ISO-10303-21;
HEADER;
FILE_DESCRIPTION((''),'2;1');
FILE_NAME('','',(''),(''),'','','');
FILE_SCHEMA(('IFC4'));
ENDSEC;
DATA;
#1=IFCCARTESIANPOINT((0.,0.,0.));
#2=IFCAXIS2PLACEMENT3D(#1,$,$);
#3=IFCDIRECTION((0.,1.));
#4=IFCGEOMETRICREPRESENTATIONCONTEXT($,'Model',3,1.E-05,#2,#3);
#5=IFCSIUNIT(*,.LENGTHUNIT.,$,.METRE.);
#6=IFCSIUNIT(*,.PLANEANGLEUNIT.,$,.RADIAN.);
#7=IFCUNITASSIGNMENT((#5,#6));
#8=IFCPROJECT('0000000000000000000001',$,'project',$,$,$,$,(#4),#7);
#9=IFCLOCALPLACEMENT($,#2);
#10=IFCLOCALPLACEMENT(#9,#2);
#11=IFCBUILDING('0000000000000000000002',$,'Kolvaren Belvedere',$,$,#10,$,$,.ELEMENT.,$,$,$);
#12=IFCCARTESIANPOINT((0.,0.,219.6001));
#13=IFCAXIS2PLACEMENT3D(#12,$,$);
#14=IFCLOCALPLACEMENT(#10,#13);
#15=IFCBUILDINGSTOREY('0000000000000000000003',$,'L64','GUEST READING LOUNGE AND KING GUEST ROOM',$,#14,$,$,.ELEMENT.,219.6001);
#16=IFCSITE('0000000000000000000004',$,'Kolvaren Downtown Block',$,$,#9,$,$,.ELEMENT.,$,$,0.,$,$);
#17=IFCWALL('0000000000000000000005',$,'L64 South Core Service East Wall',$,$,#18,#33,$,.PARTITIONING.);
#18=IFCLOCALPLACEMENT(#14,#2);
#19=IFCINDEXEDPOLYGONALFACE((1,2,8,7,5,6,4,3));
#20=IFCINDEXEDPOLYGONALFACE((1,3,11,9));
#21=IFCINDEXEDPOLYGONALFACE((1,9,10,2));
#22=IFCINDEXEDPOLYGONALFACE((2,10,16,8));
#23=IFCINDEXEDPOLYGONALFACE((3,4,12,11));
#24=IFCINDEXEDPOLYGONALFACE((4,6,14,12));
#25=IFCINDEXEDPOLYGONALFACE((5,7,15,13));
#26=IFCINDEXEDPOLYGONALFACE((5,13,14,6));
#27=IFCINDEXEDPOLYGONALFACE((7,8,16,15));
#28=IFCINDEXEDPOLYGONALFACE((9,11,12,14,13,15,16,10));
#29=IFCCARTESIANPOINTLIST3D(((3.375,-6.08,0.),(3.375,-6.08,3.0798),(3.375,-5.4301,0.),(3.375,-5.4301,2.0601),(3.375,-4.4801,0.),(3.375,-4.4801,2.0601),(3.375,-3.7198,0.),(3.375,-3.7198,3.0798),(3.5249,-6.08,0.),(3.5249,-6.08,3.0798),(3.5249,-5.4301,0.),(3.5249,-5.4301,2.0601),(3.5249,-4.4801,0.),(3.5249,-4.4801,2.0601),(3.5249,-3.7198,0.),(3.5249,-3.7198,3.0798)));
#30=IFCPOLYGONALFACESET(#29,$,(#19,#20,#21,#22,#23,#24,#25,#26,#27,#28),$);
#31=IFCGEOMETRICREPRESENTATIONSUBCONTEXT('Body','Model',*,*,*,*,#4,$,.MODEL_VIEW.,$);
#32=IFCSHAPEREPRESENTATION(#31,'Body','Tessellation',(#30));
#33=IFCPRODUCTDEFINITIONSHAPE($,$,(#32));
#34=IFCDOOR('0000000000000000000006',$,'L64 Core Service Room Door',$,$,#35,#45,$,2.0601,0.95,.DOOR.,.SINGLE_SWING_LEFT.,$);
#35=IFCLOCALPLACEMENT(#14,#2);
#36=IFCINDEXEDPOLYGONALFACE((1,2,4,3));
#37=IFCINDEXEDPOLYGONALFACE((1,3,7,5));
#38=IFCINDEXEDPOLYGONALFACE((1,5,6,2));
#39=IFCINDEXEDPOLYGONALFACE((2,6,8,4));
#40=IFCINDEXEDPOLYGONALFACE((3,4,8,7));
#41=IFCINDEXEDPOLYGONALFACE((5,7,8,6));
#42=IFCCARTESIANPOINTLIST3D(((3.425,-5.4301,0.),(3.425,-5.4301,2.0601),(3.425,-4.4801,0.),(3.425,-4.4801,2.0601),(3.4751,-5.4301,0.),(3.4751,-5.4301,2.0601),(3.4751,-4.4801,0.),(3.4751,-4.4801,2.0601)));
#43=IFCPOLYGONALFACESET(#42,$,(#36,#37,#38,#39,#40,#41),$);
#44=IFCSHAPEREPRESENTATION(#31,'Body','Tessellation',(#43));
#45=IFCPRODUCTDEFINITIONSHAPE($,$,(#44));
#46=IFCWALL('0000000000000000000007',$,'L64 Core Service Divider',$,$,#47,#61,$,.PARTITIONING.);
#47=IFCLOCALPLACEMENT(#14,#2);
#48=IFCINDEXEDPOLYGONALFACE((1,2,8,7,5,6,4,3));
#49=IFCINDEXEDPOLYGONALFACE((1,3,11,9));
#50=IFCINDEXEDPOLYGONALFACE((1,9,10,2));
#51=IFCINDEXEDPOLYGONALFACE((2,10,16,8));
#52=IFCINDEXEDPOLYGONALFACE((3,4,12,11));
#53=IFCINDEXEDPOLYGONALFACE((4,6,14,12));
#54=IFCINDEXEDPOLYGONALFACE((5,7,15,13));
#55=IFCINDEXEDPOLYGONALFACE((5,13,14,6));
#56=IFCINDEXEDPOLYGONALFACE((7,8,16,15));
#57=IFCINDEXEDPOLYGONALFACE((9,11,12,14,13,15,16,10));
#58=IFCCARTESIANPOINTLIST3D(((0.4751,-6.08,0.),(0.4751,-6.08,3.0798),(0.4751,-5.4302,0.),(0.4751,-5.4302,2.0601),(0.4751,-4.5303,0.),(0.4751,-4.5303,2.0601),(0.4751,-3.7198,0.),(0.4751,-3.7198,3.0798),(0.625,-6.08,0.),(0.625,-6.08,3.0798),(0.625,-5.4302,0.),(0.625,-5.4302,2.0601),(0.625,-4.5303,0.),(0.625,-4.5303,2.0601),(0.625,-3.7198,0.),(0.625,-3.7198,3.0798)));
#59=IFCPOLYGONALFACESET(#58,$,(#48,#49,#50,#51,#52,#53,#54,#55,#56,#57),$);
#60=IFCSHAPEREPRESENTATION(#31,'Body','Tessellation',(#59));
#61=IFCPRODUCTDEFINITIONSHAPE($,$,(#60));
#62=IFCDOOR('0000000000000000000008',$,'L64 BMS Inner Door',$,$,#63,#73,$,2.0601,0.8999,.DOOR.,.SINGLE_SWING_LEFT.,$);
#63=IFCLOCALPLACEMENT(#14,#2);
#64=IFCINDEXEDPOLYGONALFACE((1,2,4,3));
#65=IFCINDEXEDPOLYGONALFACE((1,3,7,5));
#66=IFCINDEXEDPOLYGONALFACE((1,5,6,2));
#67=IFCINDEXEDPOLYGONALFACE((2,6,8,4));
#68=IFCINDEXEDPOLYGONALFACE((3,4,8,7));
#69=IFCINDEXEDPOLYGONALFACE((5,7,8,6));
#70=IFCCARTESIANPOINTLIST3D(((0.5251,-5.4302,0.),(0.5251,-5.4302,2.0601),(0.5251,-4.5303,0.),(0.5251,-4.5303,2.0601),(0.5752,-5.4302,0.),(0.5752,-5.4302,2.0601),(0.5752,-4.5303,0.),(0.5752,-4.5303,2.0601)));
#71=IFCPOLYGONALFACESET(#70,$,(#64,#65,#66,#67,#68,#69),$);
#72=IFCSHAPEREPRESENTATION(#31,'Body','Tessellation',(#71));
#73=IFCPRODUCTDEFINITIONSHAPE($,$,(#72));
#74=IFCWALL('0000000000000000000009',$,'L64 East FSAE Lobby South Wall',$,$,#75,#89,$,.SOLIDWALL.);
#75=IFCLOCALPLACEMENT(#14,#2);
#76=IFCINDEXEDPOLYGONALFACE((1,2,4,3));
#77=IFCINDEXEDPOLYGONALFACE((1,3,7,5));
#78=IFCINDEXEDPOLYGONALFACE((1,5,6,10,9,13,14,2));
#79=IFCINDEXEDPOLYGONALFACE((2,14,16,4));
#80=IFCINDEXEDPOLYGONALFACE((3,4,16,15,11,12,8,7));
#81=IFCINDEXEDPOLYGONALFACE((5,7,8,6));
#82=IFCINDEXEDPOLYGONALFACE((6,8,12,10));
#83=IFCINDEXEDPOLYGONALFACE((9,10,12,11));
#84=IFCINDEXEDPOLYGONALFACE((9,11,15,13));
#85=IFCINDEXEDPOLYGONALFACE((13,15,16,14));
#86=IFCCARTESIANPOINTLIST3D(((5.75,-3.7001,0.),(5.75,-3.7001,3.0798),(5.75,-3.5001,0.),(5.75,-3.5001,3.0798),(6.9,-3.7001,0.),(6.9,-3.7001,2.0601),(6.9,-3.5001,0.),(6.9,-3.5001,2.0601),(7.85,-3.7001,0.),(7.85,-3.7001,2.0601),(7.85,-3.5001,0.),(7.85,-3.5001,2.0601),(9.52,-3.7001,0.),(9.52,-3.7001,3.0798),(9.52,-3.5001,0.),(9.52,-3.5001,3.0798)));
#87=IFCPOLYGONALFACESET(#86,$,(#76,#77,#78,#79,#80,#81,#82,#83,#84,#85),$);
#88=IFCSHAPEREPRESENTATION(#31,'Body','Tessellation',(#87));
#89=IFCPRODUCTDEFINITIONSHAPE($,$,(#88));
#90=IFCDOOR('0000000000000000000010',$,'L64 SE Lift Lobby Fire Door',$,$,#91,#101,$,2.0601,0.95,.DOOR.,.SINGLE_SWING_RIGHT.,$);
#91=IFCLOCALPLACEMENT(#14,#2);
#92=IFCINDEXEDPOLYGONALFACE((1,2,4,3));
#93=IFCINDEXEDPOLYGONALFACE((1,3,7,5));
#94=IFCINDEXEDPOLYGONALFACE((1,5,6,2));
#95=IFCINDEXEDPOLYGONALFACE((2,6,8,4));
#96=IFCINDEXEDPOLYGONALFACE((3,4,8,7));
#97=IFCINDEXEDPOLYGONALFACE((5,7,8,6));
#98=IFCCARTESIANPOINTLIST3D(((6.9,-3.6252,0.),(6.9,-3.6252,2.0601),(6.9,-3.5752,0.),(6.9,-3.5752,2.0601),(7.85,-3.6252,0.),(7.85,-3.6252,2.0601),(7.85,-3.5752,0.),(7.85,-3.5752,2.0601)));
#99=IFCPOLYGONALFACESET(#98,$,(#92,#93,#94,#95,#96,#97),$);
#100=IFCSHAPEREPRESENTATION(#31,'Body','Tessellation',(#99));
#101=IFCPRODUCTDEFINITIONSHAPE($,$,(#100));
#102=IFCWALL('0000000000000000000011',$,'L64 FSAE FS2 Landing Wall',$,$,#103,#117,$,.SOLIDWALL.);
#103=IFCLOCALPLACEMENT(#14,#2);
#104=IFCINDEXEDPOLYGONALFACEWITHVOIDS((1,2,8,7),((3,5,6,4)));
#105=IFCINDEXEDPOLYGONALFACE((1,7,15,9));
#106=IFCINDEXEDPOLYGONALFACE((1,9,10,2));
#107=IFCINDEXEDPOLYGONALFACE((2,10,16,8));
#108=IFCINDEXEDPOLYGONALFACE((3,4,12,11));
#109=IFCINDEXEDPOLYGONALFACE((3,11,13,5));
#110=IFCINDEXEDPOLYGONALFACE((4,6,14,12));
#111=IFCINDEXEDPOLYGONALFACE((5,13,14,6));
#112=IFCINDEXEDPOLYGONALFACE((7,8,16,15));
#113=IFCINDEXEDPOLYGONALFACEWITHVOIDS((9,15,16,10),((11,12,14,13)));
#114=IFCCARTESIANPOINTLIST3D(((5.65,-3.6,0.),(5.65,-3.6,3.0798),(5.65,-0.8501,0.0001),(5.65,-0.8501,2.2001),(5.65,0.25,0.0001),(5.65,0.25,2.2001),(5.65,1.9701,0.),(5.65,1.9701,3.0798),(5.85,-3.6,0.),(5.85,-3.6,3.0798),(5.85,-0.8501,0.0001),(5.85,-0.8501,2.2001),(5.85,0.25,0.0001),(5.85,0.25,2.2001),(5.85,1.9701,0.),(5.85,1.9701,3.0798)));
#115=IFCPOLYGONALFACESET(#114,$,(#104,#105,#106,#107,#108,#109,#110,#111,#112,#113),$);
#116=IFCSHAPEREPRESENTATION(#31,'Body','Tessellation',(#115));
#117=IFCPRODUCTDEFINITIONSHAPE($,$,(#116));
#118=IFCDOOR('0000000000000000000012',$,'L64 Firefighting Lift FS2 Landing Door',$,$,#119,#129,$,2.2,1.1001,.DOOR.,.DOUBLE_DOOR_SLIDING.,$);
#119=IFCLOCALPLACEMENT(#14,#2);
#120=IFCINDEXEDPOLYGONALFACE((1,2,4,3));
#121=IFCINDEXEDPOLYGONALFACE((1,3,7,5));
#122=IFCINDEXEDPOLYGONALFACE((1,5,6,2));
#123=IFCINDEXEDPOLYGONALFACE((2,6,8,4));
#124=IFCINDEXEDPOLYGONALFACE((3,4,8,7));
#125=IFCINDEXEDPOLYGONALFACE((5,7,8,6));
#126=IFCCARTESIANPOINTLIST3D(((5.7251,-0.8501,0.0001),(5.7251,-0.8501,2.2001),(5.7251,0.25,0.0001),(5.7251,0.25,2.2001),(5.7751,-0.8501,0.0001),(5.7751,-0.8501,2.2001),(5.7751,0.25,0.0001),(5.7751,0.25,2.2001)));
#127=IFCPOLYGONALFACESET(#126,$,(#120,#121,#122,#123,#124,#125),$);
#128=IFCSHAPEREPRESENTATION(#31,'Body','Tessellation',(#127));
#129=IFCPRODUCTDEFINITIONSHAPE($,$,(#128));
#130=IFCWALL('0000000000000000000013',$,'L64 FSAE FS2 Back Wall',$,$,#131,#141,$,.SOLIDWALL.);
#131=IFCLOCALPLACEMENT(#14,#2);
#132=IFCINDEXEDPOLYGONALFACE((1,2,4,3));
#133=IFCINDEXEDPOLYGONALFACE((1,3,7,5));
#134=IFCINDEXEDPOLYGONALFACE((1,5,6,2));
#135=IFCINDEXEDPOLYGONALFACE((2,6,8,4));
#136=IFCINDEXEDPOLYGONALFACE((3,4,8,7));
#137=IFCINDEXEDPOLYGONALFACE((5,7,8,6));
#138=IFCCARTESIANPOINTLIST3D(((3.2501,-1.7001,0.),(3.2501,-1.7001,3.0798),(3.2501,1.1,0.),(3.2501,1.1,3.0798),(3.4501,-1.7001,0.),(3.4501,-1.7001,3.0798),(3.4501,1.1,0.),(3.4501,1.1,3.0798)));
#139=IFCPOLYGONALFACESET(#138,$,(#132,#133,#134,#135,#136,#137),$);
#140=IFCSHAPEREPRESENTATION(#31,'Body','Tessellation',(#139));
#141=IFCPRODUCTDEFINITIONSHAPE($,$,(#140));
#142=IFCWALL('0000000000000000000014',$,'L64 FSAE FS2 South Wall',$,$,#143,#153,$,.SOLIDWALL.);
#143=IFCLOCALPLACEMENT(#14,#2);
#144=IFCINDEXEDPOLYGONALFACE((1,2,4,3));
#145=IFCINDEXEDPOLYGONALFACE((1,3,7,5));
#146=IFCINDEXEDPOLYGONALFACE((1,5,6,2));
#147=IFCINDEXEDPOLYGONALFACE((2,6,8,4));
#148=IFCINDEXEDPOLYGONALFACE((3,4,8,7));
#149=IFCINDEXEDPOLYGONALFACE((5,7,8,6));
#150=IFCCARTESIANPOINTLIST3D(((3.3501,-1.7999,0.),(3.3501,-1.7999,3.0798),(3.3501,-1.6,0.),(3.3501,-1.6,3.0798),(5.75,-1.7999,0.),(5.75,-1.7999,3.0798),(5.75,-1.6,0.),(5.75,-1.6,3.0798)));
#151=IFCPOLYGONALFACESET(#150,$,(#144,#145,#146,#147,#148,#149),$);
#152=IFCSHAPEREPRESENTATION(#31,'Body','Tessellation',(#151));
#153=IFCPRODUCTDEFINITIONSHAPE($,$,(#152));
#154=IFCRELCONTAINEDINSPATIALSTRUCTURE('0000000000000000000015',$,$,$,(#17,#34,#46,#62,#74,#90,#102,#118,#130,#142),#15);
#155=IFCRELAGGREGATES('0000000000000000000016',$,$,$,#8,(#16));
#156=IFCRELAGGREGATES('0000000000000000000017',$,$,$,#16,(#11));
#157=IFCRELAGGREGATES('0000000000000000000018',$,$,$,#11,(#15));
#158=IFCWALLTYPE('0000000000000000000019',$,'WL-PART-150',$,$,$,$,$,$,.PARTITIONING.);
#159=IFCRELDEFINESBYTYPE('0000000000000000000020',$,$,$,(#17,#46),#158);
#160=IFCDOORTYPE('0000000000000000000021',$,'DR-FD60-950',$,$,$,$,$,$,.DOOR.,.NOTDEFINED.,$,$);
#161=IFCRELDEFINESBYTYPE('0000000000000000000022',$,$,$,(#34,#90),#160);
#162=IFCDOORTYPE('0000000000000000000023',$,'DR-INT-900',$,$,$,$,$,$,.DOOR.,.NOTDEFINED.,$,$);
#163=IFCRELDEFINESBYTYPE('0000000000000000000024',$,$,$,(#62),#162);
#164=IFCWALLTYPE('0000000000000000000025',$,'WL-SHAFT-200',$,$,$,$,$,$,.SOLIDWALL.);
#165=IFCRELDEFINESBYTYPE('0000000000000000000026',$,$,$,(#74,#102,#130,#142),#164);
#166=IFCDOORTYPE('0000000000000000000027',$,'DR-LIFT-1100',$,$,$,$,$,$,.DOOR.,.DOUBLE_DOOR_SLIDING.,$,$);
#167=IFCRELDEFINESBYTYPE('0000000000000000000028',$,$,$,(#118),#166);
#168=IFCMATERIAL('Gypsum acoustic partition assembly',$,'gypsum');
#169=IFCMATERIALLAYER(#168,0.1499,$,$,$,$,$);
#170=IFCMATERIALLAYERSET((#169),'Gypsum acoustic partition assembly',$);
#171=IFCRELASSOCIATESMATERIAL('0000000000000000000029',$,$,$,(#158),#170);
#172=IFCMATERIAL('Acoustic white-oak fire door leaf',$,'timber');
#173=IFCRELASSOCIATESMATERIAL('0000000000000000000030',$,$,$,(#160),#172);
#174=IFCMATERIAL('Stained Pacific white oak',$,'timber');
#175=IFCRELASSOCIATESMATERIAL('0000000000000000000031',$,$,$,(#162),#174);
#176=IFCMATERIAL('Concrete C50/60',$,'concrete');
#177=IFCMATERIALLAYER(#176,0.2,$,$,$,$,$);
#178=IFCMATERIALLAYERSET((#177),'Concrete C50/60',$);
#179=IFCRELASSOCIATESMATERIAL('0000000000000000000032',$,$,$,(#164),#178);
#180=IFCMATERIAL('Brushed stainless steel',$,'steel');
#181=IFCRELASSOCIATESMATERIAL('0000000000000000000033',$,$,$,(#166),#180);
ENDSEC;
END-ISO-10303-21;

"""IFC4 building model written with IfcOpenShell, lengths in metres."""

from ifc_helpers import new_model, si_unit, direction, frame, frame_2d, origin, place, context, subcontext, project, spatial, rectangle, extrude, material, layer, layer_set, type_object, element, fill, save


model = new_model("IFC4")

# Units and contexts
model_context = context("Model", 3, precision=1e-05, world=origin(), true_north=direction((0.0, 1.0)))
body_context = subcontext(model_context, "Body", "Model", "MODEL_VIEW")
ifc_project = project(units=[si_unit("LENGTHUNIT", "METRE"), si_unit("PLANEANGLEUNIT", "RADIAN")], contexts=[model_context])

# Site, building, storey
site_placement = place(None, origin())
site = spatial("IfcSite", under=ifc_project, at=site_placement, Name="Kolvaren Downtown Block", CompositionType="ELEMENT", RefElevation=0.0)
building_placement = place(site_placement, origin())
building = spatial("IfcBuilding", under=site, at=building_placement, Name="Kolvaren Belvedere", CompositionType="ELEMENT")
storey_placement = place(building_placement, frame((0.0, 0.0, 219.6001)))
storey = spatial("IfcBuildingStorey", under=building, at=storey_placement, Name="L64", Description="GUEST READING LOUNGE AND KING GUEST ROOM", CompositionType="ELEMENT", Elevation=219.6001)

# Walls, openings, doors
ifc_material_1 = material(Name="Gypsum acoustic partition assembly", Category="gypsum")
ifc_layer_1 = layer(ifc_material_1, 0.1499)
ifc_layer_set_1 = layer_set([ifc_layer_1], Name="Gypsum acoustic partition assembly")
wall_type_1 = type_object("IfcWallType", Name="WL-PART-150", PredefinedType="PARTITIONING", material=ifc_layer_set_1)
wall_1_placement = place(storey_placement, frame((3.45, -6.0801, 0.0), z_axis=(0.0, 0.0, 1.0), x_axis=(0.0, 1.0, 0.0)))
wall_1 = element("IfcWall", 1, at=wall_1_placement, inside=storey, type_object=wall_type_1, Name="L64 South Core Service East Wall", PredefinedType="PARTITIONING", context=body_context, shape_type="SweptSolid", body=[
    extrude(rectangle(XDim=2.3601, YDim=0.1499, at=frame_2d((1.1802, 0.0))), origin(), (0.0, 0.0, 1.0), 3.0798),
])
opening_1_placement = place(wall_1_placement, frame((0.6499, 0.0, 0.0)))
opening_1 = element("IfcOpeningElement", 2, at=opening_1_placement, cuts=wall_1, PredefinedType="OPENING", context=body_context, shape_type="SweptSolid", body=[
    extrude(rectangle(XDim=0.95, YDim=2.0601, at=frame_2d((0.4751, 1.03))), frame((0.0, 0.085, 0.0), z_axis=(0.0, -1.0, 0.0), x_axis=(1.0, 0.0, 0.0)), (0.0, 0.0, 1.0), 0.1699),
])
ifc_material_2 = material(Name="Acoustic white-oak fire door leaf", Category="timber")
door_type_1 = type_object("IfcDoorType", Name="DR-FD60-950", OperationType="NOTDEFINED", PredefinedType="DOOR", material=ifc_material_2)
door_1_placement = place(opening_1_placement, origin())
door_1 = element("IfcDoor", 3, at=door_1_placement, inside=storey, type_object=door_type_1, Name="L64 Core Service Room Door", OperationType="SINGLE_SWING_LEFT", OverallHeight=2.0601, OverallWidth=0.95, PredefinedType="DOOR", context=body_context, shape_type="SweptSolid", body=[
    extrude(rectangle(XDim=0.95, YDim=2.0601, at=frame_2d((0.4751, 1.03))), frame((0.0, 0.0249, 0.0), z_axis=(0.0, -1.0, 0.0), x_axis=(1.0, 0.0, 0.0)), (0.0, 0.0, 1.0), 0.05),
])
fill(opening_1, door_1)
wall_2_placement = place(storey_placement, frame((0.55, -6.0801, 0.0), z_axis=(0.0, 0.0, 1.0), x_axis=(0.0, 1.0, 0.0)))
wall_2 = element("IfcWall", 4, at=wall_2_placement, inside=storey, type_object=wall_type_1, Name="L64 Core Service Divider", PredefinedType="PARTITIONING", context=body_context, shape_type="SweptSolid", body=[
    extrude(rectangle(XDim=2.3601, YDim=0.1499, at=frame_2d((1.1802, 0.0))), origin(), (0.0, 0.0, 1.0), 3.0798),
])
opening_2_placement = place(wall_2_placement, frame((0.6499, 0.0, 0.0)))
opening_2 = element("IfcOpeningElement", 5, at=opening_2_placement, cuts=wall_2, PredefinedType="OPENING", context=body_context, shape_type="SweptSolid", body=[
    extrude(rectangle(XDim=0.8999, YDim=2.0601, at=frame_2d((0.45, 1.03))), frame((0.0, 0.085, 0.0), z_axis=(0.0, -1.0, 0.0), x_axis=(1.0, 0.0, 0.0)), (0.0, 0.0, 1.0), 0.1699),
])
ifc_material_3 = material(Name="Stained Pacific white oak", Category="timber")
door_type_2 = type_object("IfcDoorType", Name="DR-INT-900", OperationType="NOTDEFINED", PredefinedType="DOOR", material=ifc_material_3)
door_2_placement = place(opening_2_placement, origin())
door_2 = element("IfcDoor", 6, at=door_2_placement, inside=storey, type_object=door_type_2, Name="L64 BMS Inner Door", OperationType="SINGLE_SWING_LEFT", OverallHeight=2.0601, OverallWidth=0.8999, PredefinedType="DOOR", context=body_context, shape_type="SweptSolid", body=[
    extrude(rectangle(XDim=0.8999, YDim=2.0601, at=frame_2d((0.45, 1.03))), frame((0.0, 0.0249, 0.0), z_axis=(0.0, -1.0, 0.0), x_axis=(1.0, 0.0, 0.0)), (0.0, 0.0, 1.0), 0.05),
])
fill(opening_2, door_2)
ifc_material_4 = material(Name="Concrete C50/60", Category="concrete")
ifc_layer_2 = layer(ifc_material_4, 0.2)
ifc_layer_set_2 = layer_set([ifc_layer_2], Name="Concrete C50/60")
wall_type_2 = type_object("IfcWallType", Name="WL-SHAFT-200", PredefinedType="SOLIDWALL", material=ifc_layer_set_2)
wall_3_placement = place(storey_placement, frame((5.75, -3.6001, 0.0), z_axis=(0.0, 0.0, 1.0), x_axis=(1.0, 0.0, 0.0)))
wall_3 = element("IfcWall", 7, at=wall_3_placement, inside=storey, type_object=wall_type_2, Name="L64 East FSAE Lobby South Wall", PredefinedType="SOLIDWALL", context=body_context, shape_type="SweptSolid", body=[
    extrude(rectangle(XDim=3.77, YDim=0.2, at=frame_2d((1.885, 0.0))), origin(), (0.0, 0.0, 1.0), 3.0798),
])
opening_3_placement = place(wall_3_placement, frame((1.1499, 0.0, 0.0)))
opening_3 = element("IfcOpeningElement", 8, at=opening_3_placement, cuts=wall_3, PredefinedType="OPENING", context=body_context, shape_type="SweptSolid", body=[
    extrude(rectangle(XDim=0.95, YDim=2.0601, at=frame_2d((0.4751, 1.03))), frame((0.0, 0.1099, 0.0), z_axis=(0.0, -1.0, 0.0), x_axis=(1.0, 0.0, 0.0)), (0.0, 0.0, 1.0), 0.22),
])
door_3_placement = place(opening_3_placement, origin())
door_3 = element("IfcDoor", 9, at=door_3_placement, inside=storey, type_object=door_type_1, Name="L64 SE Lift Lobby Fire Door", OperationType="SINGLE_SWING_RIGHT", OverallHeight=2.0601, OverallWidth=0.95, PredefinedType="DOOR", context=body_context, shape_type="SweptSolid", body=[
    extrude(rectangle(XDim=0.95, YDim=2.0601, at=frame_2d((0.4751, 1.03))), frame((0.0, 0.0249, 0.0), z_axis=(0.0, -1.0, 0.0), x_axis=(1.0, 0.0, 0.0)), (0.0, 0.0, 1.0), 0.05),
])
fill(opening_3, door_3)
wall_4_placement = place(storey_placement, frame((5.75, -3.6001, 0.0), z_axis=(0.0, 0.0, 1.0), x_axis=(0.0, 1.0, 0.0)))
wall_4 = element("IfcWall", 10, at=wall_4_placement, inside=storey, type_object=wall_type_2, Name="L64 FSAE FS2 Landing Wall", PredefinedType="SOLIDWALL", context=body_context, shape_type="SweptSolid", body=[
    extrude(rectangle(XDim=5.5701, YDim=0.2, at=frame_2d((2.7852, 0.0))), origin(), (0.0, 0.0, 1.0), 3.0798),
])
opening_4_placement = place(wall_4_placement, frame((2.75, 0.0, 0.0)))
opening_4 = element("IfcOpeningElement", 11, at=opening_4_placement, cuts=wall_4, PredefinedType="OPENING", context=body_context, shape_type="SweptSolid", body=[
    extrude(rectangle(XDim=1.1001, YDim=2.2, at=frame_2d((0.55, 1.1001))), frame((0.0, 0.1099, 0.0), z_axis=(0.0, -1.0, 0.0), x_axis=(1.0, 0.0, 0.0)), (0.0, 0.0, 1.0), 0.22),
])
ifc_material_5 = material(Name="Brushed stainless steel", Category="steel")
door_type_3 = type_object("IfcDoorType", Name="DR-LIFT-1100", OperationType="DOUBLE_DOOR_SLIDING", PredefinedType="DOOR", material=ifc_material_5)
door_4_placement = place(opening_4_placement, origin())
door_4 = element("IfcDoor", 12, at=door_4_placement, inside=storey, type_object=door_type_3, Name="L64 Firefighting Lift FS2 Landing Door", OperationType="DOUBLE_DOOR_SLIDING", OverallHeight=2.2, OverallWidth=1.1001, PredefinedType="DOOR", context=body_context, shape_type="SweptSolid", body=[
    extrude(rectangle(XDim=1.1001, YDim=2.2, at=frame_2d((0.55, 1.1001))), frame((0.0, 0.0249, 0.0), z_axis=(0.0, -1.0, 0.0), x_axis=(1.0, 0.0, 0.0)), (0.0, 0.0, 1.0), 0.05),
])
fill(opening_4, door_4)

# Walls
wall_5_placement = place(storey_placement, frame((3.3501, -1.7, 0.0), z_axis=(0.0, 0.0, 1.0), x_axis=(0.0, 1.0, 0.0)))
element("IfcWall", 13, at=wall_5_placement, inside=storey, type_object=wall_type_2, Name="L64 FSAE FS2 Back Wall", PredefinedType="SOLIDWALL", context=body_context, shape_type="SweptSolid", body=[
    extrude(rectangle(XDim=2.8, YDim=0.2, at=frame_2d((1.3999, 0.0))), origin(), (0.0, 0.0, 1.0), 3.0798),
])
wall_6_placement = place(storey_placement, frame((3.3501, -1.7, 0.0), z_axis=(0.0, 0.0, 1.0), x_axis=(1.0, 0.0, 0.0)))
element("IfcWall", 14, at=wall_6_placement, inside=storey, type_object=wall_type_2, Name="L64 FSAE FS2 South Wall", PredefinedType="SOLIDWALL", context=body_context, shape_type="SweptSolid", body=[
    extrude(rectangle(XDim=2.3999, YDim=0.2, at=frame_2d((1.2, 0.0))), origin(), (0.0, 0.0, 1.0), 3.0798),
])

save(model, "model.ifc")
